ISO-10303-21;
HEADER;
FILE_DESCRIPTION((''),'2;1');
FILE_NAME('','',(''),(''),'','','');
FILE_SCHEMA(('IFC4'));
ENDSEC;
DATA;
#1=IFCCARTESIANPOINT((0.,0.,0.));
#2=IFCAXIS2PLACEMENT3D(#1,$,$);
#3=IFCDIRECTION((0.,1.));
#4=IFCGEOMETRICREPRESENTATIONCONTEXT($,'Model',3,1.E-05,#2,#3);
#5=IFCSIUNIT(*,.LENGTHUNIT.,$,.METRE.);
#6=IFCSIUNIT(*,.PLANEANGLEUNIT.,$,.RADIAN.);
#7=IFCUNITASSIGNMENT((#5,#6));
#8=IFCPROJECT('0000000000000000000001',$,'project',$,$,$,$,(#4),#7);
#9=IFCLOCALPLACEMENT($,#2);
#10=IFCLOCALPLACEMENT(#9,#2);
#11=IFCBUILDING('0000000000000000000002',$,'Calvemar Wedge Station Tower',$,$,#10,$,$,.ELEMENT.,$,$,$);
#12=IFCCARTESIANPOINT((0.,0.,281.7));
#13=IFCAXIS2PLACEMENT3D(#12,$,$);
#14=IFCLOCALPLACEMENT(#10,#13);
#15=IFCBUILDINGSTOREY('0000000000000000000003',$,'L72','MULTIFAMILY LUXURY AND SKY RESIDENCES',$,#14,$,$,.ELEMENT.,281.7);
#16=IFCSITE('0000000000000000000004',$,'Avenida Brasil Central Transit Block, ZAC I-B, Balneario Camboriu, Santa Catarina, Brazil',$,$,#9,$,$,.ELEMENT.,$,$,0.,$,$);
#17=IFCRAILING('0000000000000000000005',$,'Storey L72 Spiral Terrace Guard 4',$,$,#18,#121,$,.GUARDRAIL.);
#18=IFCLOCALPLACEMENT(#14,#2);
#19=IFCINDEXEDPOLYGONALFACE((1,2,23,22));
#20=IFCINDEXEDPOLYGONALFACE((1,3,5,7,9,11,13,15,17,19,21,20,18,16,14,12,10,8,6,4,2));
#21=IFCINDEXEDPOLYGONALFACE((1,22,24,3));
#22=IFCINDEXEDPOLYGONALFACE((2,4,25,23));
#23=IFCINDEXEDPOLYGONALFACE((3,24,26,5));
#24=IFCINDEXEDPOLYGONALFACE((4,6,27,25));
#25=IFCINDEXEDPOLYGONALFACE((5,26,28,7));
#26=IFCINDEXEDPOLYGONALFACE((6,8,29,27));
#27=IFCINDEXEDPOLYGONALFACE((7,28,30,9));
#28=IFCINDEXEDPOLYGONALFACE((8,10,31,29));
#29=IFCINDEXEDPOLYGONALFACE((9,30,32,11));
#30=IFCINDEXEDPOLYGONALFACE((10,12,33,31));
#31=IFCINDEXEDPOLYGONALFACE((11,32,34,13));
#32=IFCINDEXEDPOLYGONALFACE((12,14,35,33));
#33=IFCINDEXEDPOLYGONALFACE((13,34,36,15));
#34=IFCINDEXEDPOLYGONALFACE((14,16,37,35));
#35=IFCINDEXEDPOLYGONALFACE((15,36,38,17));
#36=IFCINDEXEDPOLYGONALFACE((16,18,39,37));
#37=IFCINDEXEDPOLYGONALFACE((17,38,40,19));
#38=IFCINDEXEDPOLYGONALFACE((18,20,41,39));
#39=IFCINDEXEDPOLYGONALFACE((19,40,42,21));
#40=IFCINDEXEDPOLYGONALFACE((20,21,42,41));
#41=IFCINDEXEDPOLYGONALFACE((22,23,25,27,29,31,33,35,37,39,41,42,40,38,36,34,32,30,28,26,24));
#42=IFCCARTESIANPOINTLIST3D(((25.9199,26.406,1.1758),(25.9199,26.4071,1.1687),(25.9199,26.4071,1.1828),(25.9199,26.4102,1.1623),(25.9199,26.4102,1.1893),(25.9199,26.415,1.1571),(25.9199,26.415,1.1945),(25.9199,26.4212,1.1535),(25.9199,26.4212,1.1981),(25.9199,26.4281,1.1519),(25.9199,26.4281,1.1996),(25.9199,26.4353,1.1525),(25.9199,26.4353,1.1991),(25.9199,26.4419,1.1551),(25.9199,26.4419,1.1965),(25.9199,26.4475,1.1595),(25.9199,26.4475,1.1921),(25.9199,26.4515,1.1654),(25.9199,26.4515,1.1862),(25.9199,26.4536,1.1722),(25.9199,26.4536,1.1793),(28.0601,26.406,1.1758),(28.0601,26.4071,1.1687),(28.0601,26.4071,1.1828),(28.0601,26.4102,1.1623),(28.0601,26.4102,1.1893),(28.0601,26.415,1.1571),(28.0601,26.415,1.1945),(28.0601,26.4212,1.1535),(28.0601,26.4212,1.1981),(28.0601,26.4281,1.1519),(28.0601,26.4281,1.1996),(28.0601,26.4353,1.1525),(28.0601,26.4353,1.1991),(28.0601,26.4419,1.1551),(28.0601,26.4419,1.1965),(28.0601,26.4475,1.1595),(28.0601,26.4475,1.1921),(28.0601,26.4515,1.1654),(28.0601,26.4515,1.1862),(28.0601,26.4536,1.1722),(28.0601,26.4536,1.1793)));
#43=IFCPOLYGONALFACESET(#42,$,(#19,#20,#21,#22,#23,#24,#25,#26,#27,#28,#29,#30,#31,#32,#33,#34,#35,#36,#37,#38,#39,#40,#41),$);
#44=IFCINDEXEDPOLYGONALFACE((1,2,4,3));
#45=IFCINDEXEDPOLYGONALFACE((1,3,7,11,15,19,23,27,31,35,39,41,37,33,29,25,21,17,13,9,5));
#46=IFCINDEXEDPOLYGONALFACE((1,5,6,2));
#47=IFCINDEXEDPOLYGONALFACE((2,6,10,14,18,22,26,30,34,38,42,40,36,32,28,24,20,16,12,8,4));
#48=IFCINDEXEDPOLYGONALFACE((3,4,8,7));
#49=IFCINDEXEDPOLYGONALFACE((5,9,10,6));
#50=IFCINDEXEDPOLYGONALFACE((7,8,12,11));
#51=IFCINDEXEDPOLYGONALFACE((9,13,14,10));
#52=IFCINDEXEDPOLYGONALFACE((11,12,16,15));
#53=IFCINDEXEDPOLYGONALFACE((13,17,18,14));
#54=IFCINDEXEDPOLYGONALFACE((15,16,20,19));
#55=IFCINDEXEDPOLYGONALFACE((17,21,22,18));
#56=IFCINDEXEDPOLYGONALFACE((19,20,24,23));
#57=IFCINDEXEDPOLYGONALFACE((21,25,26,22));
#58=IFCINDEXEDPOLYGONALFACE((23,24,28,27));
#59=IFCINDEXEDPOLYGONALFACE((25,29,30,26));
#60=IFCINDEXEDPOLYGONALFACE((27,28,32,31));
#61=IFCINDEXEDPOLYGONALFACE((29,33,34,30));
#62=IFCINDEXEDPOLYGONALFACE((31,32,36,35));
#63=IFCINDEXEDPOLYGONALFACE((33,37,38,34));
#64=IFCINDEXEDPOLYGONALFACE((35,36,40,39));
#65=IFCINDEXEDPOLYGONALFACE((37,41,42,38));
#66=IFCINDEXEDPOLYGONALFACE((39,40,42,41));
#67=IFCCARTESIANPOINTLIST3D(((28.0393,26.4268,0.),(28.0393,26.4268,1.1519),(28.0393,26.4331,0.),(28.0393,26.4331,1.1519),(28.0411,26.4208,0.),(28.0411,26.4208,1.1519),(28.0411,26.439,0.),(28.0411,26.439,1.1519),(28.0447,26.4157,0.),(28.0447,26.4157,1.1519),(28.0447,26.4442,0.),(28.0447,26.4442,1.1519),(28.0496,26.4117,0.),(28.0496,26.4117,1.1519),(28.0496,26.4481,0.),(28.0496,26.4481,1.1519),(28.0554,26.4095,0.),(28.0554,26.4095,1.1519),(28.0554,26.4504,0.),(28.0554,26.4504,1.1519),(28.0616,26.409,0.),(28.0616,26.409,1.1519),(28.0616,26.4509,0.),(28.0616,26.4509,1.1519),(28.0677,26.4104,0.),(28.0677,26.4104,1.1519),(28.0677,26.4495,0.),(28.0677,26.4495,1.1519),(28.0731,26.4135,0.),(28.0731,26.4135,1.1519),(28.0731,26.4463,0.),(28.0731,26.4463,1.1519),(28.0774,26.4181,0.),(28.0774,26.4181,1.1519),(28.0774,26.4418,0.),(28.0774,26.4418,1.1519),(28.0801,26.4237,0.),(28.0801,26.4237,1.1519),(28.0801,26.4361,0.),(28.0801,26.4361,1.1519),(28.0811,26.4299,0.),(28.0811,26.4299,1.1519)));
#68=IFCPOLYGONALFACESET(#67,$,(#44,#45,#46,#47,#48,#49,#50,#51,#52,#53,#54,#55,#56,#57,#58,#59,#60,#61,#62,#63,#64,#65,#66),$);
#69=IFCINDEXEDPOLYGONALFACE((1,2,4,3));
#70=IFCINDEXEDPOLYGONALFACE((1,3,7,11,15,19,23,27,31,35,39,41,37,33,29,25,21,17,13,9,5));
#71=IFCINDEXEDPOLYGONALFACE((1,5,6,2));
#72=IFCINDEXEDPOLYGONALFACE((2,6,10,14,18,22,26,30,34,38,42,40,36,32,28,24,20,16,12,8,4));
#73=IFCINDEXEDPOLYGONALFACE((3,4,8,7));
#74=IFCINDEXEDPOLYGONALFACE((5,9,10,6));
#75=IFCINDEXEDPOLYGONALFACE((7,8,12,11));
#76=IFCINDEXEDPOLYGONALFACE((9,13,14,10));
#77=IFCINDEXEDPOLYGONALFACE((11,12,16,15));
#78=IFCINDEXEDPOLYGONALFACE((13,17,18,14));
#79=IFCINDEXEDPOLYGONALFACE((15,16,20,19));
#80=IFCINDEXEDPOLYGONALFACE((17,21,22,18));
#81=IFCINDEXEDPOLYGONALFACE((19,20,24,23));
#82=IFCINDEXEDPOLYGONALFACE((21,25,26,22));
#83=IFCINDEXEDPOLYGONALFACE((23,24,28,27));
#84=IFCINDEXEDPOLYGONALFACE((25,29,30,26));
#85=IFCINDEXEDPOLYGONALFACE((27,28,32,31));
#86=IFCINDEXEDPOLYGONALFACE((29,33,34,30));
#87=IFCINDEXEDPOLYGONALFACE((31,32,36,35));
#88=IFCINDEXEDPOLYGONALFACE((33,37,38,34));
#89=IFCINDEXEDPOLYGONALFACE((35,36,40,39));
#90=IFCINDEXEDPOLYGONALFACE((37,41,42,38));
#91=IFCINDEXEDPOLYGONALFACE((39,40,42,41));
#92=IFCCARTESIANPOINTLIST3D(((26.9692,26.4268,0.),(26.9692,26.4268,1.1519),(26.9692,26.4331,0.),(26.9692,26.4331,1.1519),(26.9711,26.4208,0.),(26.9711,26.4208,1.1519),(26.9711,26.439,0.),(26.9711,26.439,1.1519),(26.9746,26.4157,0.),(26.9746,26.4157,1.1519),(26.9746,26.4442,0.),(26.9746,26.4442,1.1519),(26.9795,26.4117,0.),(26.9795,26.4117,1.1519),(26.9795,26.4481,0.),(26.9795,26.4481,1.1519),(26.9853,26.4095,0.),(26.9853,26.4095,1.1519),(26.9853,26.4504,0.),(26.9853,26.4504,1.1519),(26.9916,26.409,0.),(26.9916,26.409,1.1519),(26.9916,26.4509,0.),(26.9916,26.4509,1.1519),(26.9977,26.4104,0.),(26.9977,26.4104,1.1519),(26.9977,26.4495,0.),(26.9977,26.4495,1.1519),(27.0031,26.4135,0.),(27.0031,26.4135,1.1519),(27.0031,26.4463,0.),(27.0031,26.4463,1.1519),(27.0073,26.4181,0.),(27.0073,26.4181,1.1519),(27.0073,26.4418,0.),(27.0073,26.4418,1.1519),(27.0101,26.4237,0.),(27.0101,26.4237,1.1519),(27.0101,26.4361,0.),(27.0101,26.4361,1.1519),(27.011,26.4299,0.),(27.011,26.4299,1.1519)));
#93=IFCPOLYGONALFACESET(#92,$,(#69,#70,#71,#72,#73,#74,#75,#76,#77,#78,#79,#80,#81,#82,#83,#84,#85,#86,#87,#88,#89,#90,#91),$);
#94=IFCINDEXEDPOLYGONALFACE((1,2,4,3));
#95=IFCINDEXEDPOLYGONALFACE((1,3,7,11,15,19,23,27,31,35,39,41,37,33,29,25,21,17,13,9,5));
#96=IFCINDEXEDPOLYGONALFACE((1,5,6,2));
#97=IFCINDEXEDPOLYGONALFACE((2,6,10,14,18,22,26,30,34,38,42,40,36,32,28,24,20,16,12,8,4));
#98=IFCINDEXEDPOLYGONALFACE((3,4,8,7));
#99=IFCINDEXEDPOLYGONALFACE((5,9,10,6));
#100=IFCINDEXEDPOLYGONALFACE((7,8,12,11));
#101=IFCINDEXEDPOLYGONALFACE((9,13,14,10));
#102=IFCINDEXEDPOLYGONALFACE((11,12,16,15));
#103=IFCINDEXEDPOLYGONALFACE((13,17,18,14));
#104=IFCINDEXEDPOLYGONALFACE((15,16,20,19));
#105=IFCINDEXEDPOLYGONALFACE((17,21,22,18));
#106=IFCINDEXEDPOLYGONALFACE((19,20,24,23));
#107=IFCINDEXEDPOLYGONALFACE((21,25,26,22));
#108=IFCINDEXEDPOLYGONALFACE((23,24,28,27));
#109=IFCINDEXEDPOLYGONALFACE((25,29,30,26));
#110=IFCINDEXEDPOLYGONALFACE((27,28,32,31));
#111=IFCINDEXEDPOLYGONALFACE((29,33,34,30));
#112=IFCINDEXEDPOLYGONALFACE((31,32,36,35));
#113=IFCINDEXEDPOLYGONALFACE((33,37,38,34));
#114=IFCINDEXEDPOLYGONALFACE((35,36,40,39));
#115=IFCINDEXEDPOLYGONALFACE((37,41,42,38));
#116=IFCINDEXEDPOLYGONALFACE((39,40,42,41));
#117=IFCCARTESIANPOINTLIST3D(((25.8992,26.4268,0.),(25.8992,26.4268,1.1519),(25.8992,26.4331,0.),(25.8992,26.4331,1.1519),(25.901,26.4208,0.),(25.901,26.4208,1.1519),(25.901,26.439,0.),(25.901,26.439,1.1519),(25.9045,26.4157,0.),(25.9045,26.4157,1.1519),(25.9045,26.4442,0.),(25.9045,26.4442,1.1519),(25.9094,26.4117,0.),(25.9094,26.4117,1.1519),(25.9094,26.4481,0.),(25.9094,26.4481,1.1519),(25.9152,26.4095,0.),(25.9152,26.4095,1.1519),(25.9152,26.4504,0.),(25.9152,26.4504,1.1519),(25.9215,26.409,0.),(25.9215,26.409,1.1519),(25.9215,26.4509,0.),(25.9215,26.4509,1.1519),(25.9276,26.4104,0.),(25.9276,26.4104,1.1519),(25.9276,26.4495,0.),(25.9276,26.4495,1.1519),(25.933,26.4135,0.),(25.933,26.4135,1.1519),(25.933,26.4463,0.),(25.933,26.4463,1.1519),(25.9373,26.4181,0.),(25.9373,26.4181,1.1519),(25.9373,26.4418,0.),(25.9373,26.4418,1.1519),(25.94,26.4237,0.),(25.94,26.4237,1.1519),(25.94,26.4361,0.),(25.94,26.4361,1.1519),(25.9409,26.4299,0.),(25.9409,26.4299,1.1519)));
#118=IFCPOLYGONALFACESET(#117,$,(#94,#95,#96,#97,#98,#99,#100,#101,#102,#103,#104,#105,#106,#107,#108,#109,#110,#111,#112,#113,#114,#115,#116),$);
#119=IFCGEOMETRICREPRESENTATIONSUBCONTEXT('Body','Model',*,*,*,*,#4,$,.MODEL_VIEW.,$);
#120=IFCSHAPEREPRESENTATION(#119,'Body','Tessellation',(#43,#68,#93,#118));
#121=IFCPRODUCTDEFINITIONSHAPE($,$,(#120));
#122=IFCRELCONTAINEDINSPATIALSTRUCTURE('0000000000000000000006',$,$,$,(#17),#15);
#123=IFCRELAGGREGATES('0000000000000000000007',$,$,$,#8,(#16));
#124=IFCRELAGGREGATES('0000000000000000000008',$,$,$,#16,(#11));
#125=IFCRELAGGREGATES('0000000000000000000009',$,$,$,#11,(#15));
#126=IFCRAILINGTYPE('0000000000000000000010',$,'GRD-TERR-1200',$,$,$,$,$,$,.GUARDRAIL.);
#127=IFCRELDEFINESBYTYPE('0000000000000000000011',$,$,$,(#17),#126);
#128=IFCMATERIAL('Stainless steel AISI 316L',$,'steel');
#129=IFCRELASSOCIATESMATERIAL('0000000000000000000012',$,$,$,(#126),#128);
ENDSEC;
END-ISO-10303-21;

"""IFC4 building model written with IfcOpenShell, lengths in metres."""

from ifc_helpers import new_model, si_unit, direction, frame, origin, origin_2d, place, context, subcontext, project, spatial, circle, extrude, material, type_object, element, save


model = new_model("IFC4")

# Units and contexts
model_context = context("Model", 3, precision=1e-05, world=origin(), true_north=direction((0.0, 1.0)))
body_context = subcontext(model_context, "Body", "Model", "MODEL_VIEW")
ifc_project = project(units=[si_unit("LENGTHUNIT", "METRE"), si_unit("PLANEANGLEUNIT", "RADIAN")], contexts=[model_context])

# Site, building, storey
site_placement = place(None, origin())
site = spatial("IfcSite", under=ifc_project, at=site_placement, Name="Avenida Brasil Central Transit Block, ZAC I-B, Balneario Camboriu, Santa Catarina, Brazil", CompositionType="ELEMENT", RefElevation=0.0)
building_placement = place(site_placement, origin())
building = spatial("IfcBuilding", under=site, at=building_placement, Name="Calvemar Wedge Station Tower", CompositionType="ELEMENT")
storey_placement = place(building_placement, frame((0.0, 0.0, 281.7)))
storey = spatial("IfcBuildingStorey", under=building, at=storey_placement, Name="L72", Description="MULTIFAMILY LUXURY AND SKY RESIDENCES", CompositionType="ELEMENT", Elevation=281.7)

# Railing
ifc_material_1 = material(Name="Stainless steel AISI 316L", Category="steel")
railing_type_1 = type_object("IfcRailingType", Name="GRD-TERR-1200", PredefinedType="GUARDRAIL", material=ifc_material_1)
railing_1_placement = place(storey_placement, frame((28.0601, 26.4299, 0.0)))
element("IfcRailing", 1, at=railing_1_placement, inside=storey, type_object=railing_type_1, Name="Storey L72 Spiral Terrace Guard 4", PredefinedType="GUARDRAIL", context=body_context, shape_type="SweptSolid", body=[
    extrude(circle(Radius=0.0239, at=origin_2d()), frame((0.0, 0.0, 1.1758), z_axis=(-1.0, 0.0, 0.0), x_axis=(0.0, -1.0, 0.0)), (0.0, 0.0, 1.0), 2.1401),
    extrude(circle(Radius=0.021, at=origin_2d()), origin(), (0.0, 0.0, 1.0), 1.1519),
    extrude(circle(Radius=0.021, at=origin_2d()), frame((-1.0701, 0.0, 0.0)), (0.0, 0.0, 1.0), 1.1519),
    extrude(circle(Radius=0.021, at=origin_2d()), frame((-2.1401, 0.0, 0.0)), (0.0, 0.0, 1.0), 1.1519),
])

save(model, "model.ifc")
